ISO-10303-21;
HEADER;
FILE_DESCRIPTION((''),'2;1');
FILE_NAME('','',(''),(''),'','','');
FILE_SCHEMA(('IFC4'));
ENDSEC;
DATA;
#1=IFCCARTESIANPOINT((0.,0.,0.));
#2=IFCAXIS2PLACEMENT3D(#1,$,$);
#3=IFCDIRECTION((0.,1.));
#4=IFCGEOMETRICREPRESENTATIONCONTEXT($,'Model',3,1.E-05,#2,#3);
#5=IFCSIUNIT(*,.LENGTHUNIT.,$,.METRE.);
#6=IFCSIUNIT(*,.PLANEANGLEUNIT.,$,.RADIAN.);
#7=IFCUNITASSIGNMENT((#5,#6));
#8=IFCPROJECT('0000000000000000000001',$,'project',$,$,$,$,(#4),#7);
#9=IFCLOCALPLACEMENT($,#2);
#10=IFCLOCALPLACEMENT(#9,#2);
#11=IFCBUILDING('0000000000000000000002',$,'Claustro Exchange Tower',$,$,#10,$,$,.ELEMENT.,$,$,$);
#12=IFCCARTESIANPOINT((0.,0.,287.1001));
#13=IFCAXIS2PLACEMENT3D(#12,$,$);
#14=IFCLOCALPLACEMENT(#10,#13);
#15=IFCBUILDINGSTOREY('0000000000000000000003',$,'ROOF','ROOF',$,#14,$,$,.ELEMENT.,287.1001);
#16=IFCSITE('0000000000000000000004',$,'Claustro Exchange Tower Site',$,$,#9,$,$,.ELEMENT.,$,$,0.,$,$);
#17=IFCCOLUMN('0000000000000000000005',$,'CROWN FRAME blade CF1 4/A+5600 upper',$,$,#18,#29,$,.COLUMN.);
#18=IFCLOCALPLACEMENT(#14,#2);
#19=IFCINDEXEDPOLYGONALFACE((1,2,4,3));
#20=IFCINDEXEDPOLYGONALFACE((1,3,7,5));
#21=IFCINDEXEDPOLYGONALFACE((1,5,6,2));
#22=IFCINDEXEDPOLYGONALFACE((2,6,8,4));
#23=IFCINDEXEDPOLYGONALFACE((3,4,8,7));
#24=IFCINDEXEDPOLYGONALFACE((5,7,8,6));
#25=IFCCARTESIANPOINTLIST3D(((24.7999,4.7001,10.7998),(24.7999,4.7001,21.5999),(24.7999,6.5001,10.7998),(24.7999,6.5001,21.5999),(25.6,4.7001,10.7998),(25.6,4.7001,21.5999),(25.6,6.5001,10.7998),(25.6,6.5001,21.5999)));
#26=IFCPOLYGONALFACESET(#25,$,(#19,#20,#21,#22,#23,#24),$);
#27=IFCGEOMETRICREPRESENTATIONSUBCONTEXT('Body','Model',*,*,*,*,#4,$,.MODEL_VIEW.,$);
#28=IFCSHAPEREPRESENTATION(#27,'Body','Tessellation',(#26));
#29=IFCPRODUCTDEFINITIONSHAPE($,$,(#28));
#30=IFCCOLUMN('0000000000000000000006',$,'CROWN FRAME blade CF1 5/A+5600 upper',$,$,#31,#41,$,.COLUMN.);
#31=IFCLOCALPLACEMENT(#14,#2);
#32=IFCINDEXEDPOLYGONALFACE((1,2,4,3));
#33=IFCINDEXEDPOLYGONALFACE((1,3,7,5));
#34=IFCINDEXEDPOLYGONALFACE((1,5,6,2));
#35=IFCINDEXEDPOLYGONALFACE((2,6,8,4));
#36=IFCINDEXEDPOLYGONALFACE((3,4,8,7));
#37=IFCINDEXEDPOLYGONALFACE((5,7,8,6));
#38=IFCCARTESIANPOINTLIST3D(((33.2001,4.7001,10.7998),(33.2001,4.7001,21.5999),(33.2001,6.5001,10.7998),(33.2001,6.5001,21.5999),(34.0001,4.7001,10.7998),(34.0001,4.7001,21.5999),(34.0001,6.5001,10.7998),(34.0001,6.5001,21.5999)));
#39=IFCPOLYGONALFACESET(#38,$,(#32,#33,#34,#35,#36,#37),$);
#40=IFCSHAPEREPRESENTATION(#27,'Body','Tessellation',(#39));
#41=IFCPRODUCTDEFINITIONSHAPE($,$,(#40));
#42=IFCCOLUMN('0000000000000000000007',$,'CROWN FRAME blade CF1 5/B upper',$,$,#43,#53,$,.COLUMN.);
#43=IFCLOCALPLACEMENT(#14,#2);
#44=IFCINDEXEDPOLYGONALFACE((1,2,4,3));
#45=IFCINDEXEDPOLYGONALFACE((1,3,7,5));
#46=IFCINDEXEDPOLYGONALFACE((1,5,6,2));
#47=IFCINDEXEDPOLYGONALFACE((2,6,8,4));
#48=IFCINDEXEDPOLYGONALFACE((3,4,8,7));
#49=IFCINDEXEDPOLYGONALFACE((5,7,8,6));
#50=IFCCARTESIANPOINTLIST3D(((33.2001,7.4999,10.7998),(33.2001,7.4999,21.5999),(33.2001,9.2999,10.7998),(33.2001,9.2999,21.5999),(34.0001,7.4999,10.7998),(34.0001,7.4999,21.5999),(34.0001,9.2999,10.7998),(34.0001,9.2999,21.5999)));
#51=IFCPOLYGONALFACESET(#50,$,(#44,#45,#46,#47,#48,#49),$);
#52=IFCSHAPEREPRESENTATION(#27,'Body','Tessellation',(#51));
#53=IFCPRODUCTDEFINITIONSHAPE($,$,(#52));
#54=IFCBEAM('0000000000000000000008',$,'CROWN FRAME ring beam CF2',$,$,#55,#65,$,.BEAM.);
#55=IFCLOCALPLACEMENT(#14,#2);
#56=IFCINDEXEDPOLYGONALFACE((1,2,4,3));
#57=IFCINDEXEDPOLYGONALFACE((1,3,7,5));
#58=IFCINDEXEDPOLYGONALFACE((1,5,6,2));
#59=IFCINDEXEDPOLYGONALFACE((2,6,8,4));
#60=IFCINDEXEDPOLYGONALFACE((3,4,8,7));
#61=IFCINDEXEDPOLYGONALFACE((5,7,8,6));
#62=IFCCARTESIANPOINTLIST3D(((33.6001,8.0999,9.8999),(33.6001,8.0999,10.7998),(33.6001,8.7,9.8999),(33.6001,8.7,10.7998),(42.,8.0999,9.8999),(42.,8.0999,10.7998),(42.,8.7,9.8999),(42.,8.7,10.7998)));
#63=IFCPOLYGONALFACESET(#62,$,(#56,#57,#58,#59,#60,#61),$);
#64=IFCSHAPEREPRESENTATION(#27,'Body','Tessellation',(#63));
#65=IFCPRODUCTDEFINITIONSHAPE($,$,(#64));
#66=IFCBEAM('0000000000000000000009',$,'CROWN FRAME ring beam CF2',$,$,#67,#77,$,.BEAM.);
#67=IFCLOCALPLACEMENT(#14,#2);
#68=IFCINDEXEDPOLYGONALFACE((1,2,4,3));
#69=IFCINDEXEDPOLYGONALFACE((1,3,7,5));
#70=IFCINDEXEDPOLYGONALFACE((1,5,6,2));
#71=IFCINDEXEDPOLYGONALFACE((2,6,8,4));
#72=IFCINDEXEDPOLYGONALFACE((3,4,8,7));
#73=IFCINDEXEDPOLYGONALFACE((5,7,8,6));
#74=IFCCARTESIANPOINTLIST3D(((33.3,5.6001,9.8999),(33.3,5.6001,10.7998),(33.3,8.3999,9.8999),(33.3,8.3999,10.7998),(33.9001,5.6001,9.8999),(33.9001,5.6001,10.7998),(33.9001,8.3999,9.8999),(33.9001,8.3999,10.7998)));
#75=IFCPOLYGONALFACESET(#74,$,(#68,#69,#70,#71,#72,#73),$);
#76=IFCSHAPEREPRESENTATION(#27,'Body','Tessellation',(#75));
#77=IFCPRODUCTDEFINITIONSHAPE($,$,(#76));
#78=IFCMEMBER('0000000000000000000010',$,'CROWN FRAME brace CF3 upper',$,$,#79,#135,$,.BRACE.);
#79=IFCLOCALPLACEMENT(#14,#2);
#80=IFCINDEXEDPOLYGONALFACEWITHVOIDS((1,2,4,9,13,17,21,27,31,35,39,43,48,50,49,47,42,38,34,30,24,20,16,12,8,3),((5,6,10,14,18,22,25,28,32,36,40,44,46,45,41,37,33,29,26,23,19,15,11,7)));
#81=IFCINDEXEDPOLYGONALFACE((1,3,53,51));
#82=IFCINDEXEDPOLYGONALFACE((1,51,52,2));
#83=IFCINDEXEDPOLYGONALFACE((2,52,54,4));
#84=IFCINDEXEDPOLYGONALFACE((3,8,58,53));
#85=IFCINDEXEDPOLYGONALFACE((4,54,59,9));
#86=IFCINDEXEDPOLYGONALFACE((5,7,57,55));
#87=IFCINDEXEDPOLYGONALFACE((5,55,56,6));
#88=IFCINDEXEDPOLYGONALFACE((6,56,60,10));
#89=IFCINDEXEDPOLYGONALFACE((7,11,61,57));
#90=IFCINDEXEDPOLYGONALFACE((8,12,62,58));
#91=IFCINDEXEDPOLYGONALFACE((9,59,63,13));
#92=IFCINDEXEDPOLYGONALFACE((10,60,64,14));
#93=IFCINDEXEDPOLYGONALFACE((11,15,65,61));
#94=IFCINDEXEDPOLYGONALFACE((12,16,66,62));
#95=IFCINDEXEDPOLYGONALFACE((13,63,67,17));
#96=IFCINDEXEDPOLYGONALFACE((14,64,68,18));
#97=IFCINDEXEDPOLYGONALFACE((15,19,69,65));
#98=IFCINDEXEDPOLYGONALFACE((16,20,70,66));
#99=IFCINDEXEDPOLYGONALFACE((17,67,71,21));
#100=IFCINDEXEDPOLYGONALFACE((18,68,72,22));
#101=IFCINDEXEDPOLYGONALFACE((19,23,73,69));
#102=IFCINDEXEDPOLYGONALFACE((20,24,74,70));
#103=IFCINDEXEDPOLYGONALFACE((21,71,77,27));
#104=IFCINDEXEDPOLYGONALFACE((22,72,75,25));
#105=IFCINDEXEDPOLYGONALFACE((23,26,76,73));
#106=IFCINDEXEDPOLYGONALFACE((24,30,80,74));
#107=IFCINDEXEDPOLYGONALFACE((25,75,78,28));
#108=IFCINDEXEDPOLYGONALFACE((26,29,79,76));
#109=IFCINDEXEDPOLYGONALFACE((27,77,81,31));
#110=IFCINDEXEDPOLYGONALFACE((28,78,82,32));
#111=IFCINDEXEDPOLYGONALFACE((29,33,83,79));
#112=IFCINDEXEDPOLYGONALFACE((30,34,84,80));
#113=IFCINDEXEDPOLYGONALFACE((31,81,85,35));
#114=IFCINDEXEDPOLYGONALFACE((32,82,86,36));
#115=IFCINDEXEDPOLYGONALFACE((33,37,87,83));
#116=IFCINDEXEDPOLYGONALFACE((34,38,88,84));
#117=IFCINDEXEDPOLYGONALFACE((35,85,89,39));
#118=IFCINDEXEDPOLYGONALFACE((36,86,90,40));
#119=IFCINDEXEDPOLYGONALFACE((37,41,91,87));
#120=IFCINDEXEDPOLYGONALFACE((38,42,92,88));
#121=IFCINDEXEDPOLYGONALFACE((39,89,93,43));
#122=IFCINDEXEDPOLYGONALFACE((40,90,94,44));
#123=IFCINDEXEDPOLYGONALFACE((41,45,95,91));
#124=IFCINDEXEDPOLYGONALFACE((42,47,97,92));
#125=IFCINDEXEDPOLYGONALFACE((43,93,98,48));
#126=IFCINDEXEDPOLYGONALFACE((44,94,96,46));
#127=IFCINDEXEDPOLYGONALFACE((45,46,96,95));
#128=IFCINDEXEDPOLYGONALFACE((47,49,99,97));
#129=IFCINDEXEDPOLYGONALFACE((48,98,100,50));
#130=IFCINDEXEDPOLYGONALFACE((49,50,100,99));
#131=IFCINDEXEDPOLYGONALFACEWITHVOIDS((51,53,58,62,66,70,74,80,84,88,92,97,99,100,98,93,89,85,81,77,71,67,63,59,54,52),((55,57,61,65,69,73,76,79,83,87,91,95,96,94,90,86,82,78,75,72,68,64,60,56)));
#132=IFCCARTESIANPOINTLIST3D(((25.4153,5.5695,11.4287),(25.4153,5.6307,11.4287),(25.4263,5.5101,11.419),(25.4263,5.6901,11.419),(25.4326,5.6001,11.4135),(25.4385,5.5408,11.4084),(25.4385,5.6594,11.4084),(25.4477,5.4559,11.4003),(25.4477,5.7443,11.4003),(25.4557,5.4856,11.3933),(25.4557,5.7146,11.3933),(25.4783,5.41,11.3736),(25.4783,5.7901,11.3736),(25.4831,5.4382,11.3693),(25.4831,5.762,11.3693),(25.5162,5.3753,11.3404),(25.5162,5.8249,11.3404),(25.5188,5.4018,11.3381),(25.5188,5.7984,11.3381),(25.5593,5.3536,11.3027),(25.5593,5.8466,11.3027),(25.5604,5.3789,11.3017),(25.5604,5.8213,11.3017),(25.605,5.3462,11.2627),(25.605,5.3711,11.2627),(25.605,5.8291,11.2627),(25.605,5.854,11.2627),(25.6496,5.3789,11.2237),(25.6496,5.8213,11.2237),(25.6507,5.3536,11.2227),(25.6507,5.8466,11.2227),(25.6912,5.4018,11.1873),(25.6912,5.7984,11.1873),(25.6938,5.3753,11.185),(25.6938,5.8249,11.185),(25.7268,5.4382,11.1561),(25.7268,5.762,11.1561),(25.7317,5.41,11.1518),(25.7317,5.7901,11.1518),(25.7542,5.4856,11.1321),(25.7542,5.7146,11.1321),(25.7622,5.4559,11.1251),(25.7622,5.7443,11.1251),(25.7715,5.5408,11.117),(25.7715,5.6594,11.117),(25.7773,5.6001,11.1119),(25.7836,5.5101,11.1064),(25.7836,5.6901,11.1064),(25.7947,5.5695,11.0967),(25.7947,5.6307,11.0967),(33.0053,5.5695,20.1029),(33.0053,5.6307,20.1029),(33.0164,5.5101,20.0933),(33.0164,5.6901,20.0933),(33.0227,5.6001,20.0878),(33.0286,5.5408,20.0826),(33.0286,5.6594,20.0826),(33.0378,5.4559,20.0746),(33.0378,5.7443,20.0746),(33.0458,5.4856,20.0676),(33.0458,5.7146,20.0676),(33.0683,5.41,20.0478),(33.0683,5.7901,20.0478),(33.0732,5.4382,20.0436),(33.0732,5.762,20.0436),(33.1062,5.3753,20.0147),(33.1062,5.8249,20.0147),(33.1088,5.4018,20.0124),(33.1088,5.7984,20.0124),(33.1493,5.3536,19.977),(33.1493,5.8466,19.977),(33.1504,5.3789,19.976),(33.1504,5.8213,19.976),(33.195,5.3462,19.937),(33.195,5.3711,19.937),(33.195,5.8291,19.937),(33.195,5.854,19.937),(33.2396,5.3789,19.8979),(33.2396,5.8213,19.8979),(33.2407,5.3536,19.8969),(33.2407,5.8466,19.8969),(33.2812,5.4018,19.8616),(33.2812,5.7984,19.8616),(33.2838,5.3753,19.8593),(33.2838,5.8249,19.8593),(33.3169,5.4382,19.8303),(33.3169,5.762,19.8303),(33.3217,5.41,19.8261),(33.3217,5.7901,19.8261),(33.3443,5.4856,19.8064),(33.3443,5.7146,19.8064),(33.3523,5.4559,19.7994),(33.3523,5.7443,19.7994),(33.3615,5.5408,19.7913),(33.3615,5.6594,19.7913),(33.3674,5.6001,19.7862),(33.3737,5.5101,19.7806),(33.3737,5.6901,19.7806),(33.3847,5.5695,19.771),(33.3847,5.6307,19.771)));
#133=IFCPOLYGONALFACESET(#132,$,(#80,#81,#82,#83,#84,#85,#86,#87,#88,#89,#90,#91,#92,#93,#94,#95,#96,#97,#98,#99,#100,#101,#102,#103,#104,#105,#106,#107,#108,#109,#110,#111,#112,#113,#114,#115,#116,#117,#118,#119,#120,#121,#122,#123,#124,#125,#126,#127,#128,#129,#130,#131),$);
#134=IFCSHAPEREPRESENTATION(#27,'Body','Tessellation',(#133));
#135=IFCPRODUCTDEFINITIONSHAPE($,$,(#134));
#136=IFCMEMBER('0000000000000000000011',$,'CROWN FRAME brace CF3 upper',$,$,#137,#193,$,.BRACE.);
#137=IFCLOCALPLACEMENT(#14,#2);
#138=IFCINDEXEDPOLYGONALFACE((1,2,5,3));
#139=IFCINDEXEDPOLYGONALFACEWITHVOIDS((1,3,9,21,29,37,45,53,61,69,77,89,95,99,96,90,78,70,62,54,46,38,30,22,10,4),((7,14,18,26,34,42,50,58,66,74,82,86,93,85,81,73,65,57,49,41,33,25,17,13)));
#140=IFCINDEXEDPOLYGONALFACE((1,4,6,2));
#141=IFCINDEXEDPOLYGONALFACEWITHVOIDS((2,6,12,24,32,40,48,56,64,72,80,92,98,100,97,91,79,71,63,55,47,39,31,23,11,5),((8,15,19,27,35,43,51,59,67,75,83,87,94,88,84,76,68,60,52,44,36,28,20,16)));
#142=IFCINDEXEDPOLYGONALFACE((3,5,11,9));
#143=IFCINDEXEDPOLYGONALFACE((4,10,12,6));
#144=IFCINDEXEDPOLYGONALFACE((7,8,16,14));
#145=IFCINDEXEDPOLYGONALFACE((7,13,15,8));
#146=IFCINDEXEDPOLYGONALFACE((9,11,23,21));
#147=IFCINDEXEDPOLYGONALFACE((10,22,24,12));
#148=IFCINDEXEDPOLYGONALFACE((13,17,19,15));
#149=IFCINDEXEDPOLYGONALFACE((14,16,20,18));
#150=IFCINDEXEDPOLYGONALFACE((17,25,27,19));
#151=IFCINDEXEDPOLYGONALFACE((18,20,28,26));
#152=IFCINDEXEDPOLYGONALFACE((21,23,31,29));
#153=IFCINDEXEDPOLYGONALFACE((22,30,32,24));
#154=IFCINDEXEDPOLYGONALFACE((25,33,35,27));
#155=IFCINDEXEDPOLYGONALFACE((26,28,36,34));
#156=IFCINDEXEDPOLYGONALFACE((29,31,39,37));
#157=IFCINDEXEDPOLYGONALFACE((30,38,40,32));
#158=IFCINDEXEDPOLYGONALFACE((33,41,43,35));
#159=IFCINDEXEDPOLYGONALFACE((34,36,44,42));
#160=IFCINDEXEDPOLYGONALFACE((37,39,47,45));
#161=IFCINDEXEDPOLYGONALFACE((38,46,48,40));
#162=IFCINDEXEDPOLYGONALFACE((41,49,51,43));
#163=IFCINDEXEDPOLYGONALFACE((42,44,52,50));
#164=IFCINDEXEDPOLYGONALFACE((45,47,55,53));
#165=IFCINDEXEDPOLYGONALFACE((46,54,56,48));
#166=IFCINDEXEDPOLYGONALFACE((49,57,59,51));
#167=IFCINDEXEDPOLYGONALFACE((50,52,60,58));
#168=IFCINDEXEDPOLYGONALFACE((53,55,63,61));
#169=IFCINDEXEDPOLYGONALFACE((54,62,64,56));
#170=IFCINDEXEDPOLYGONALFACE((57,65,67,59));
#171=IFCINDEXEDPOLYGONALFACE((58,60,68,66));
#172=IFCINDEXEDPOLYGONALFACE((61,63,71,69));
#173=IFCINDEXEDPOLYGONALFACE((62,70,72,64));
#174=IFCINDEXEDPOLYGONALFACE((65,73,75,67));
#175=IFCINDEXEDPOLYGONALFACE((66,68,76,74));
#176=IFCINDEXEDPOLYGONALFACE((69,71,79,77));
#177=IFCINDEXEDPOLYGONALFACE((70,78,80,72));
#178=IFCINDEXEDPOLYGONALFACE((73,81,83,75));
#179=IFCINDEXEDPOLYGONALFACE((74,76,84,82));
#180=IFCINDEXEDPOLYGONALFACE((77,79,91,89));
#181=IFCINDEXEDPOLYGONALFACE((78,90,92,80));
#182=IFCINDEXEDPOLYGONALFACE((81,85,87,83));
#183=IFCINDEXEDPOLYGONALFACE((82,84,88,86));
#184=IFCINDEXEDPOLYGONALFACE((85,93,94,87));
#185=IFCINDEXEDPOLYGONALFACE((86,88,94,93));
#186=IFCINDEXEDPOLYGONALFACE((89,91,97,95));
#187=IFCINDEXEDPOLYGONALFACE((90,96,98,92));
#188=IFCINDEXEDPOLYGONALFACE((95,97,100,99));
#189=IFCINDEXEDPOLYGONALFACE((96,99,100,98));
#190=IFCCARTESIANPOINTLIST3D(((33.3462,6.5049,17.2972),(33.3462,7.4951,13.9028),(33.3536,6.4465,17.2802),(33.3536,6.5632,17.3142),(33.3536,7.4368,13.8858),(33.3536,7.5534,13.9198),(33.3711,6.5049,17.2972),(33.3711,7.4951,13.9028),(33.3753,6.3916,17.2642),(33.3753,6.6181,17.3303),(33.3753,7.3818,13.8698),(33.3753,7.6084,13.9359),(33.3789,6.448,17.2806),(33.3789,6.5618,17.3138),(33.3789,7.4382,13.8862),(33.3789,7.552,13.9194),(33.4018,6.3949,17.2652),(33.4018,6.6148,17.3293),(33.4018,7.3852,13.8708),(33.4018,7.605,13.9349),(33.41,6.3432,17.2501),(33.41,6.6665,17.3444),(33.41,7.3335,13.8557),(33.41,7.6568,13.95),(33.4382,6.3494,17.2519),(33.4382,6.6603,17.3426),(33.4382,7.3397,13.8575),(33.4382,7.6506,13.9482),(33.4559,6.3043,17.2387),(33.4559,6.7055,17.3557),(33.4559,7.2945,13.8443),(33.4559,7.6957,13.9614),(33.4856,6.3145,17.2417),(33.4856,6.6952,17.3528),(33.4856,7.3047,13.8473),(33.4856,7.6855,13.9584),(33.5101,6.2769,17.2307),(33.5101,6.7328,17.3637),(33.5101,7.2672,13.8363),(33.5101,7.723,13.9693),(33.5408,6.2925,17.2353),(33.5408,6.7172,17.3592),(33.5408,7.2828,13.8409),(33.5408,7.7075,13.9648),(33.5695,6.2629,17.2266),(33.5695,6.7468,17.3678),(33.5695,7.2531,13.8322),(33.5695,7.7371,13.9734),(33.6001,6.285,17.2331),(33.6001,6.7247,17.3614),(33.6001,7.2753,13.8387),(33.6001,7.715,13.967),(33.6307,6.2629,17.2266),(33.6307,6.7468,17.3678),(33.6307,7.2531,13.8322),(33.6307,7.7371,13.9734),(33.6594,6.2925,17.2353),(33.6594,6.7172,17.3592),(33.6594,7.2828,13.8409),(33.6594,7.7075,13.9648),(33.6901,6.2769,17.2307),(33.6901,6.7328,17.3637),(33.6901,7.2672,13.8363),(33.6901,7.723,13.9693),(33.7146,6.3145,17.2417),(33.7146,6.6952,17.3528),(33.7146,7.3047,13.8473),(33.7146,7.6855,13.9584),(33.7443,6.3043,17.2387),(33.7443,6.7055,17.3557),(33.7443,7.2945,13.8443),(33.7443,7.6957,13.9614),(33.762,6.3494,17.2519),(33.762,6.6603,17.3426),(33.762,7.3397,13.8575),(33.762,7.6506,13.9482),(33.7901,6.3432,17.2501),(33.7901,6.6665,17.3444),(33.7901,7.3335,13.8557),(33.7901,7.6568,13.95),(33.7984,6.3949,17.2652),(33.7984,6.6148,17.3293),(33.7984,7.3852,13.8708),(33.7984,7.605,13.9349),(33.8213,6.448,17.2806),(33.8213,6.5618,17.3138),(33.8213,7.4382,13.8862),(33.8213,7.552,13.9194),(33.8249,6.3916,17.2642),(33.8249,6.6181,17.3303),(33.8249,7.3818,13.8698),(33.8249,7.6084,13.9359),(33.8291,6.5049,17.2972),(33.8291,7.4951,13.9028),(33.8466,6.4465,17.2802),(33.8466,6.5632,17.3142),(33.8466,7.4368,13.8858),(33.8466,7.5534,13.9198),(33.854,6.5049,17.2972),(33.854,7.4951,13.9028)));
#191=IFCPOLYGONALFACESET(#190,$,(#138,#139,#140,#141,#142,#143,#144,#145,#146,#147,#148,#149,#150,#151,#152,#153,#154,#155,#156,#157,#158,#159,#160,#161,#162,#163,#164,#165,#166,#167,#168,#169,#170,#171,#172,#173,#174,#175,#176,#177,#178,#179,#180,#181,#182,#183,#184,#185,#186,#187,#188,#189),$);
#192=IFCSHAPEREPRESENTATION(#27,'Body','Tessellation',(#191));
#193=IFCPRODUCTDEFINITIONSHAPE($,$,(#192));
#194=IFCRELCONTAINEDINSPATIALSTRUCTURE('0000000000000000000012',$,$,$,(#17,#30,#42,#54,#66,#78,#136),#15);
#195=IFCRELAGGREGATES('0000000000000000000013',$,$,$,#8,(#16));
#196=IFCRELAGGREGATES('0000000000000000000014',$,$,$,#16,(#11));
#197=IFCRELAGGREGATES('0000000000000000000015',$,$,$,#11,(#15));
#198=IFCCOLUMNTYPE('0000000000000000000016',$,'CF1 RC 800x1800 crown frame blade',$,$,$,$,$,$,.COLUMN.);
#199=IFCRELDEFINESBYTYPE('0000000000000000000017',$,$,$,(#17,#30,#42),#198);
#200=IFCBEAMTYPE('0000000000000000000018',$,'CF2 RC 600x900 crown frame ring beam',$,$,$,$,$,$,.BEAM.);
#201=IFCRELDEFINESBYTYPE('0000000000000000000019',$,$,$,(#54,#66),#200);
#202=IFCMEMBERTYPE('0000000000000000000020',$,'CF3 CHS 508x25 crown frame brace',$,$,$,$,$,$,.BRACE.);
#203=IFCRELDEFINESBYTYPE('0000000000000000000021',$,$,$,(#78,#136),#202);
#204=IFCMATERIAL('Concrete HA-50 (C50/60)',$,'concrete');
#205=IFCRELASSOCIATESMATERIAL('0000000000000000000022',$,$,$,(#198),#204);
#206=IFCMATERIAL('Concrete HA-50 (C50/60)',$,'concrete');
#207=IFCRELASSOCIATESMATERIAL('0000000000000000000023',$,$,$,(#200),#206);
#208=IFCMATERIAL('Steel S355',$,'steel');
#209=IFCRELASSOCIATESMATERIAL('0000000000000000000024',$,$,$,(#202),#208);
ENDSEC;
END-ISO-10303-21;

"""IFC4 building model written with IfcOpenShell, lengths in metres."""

from ifc_helpers import new_model, si_unit, direction, frame, origin, origin_2d, place, context, subcontext, project, spatial, rectangle, hollow_circle, extrude, material, material_profile, profile_set, type_object, element, save


model = new_model("IFC4")

# Units and contexts
model_context = context("Model", 3, precision=1e-05, world=origin(), true_north=direction((0.0, 1.0)))
body_context = subcontext(model_context, "Body", "Model", "MODEL_VIEW")
ifc_project = project(units=[si_unit("LENGTHUNIT", "METRE"), si_unit("PLANEANGLEUNIT", "RADIAN")], contexts=[model_context])

# Site, building, storey
site_placement = place(None, origin())
site = spatial("IfcSite", under=ifc_project, at=site_placement, Name="Claustro Exchange Tower Site", CompositionType="ELEMENT", RefElevation=0.0)
building_placement = place(site_placement, origin())
building = spatial("IfcBuilding", under=site, at=building_placement, Name="Claustro Exchange Tower", CompositionType="ELEMENT")
storey_placement = place(building_placement, frame((0.0, 0.0, 287.1001)))
storey = spatial("IfcBuildingStorey", under=building, at=storey_placement, Name="ROOF", Description="ROOF", CompositionType="ELEMENT", Elevation=287.1001)

# Columns
ifc_material_1 = material(Name="Concrete HA-50 (C50/60)", Category="concrete")
ifc_material_profile_1 = material_profile(ifc_material_1, rectangle(XDim=0.8, YDim=1.8, at=origin_2d()), Name="RC 800x1800")
ifc_profile_set_1 = profile_set([ifc_material_profile_1], Name="Concrete HA-50 (C50/60)")
column_type = type_object("IfcColumnType", Name="CF1 RC 800x1800 crown frame blade", PredefinedType="COLUMN", material=ifc_profile_set_1)
for number, where, z_axis, x_axis, name in (
    (1, (25.2, 5.6001, 10.7998), (0.0, 0.0, 1.0), (1.0, 0.0, 0.0), "CROWN FRAME blade CF1 4/A+5600 upper"),
    (2, (33.6001, 5.6001, 10.7998), (0.0, 0.0, 1.0), (1.0, 0.0, 0.0), "CROWN FRAME blade CF1 5/A+5600 upper"),
    (3, (33.6001, 8.3999, 10.7998), (0.0, 0.0, 1.0), (1.0, 0.0, 0.0), "CROWN FRAME blade CF1 5/B upper"),
):
    element("IfcColumn", number, at=place(storey_placement, frame(where, z_axis=z_axis, x_axis=x_axis)), inside=storey, type_object=column_type, Name=name, PredefinedType="COLUMN", context=body_context, shape_type="SweptSolid", body=[
        extrude(rectangle(XDim=0.8, YDim=1.8, at=origin_2d()), origin(), (0.0, 0.0, 1.0), 10.8),
    ])

# Beams
ifc_material_2 = material(Name="Concrete HA-50 (C50/60)", Category="concrete")
ifc_material_profile_2 = material_profile(ifc_material_2, rectangle(XDim=0.6001, YDim=0.8999, at=origin_2d()), Name="RC 600x900")
ifc_profile_set_2 = profile_set([ifc_material_profile_2], Name="Concrete HA-50 (C50/60)")
beam_type_1 = type_object("IfcBeamType", Name="CF2 RC 600x900 crown frame ring beam", PredefinedType="BEAM", material=ifc_profile_set_2)
beam_1_placement = place(storey_placement, frame((33.6001, 8.3999, 10.3499), z_axis=(1.0, 0.0, 0.0), x_axis=(0.0, 1.0, 0.0)))
element("IfcBeam", 4, at=beam_1_placement, inside=storey, type_object=beam_type_1, Name="CROWN FRAME ring beam CF2", PredefinedType="BEAM", context=body_context, shape_type="SweptSolid", body=[
    extrude(rectangle(XDim=0.6001, YDim=0.8999, at=origin_2d()), origin(), (0.0, 0.0, 1.0), 8.3999),
])
beam_2_placement = place(storey_placement, frame((33.6001, 5.6001, 10.3499), z_axis=(0.0, 1.0, 0.0), x_axis=(-1.0, 0.0, 0.0)))
element("IfcBeam", 5, at=beam_2_placement, inside=storey, type_object=beam_type_1, Name="CROWN FRAME ring beam CF2", PredefinedType="BEAM", context=body_context, shape_type="SweptSolid", body=[
    extrude(rectangle(XDim=0.6001, YDim=0.8999, at=origin_2d()), origin(), (0.0, 0.0, 1.0), 2.7998),
])

# Members
ifc_material_3 = material(Name="Steel S355", Category="steel")
ifc_material_profile_3 = material_profile(ifc_material_3, hollow_circle(Radius=0.2539, WallThickness=0.0249, at=origin_2d()), Name="CHS 508x25")
ifc_profile_set_3 = profile_set([ifc_material_profile_3], Name="Steel S355")
member_type = type_object("IfcMemberType", Name="CF3 CHS 508x25 crown frame brace", PredefinedType="BRACE", material=ifc_profile_set_3)
member_1_placement = place(storey_placement, frame((25.605, 5.6001, 11.2627), z_axis=(0.658508, 0.0, 0.752574), x_axis=(0.0, 1.0, 0.0)))
element("IfcMember", 6, at=member_1_placement, inside=storey, type_object=member_type, Name="CROWN FRAME brace CF3 upper", PredefinedType="BRACE", context=body_context, shape_type="SweptSolid", body=[
    extrude(hollow_circle(Radius=0.2539, WallThickness=0.0249, at=origin_2d()), origin(), (0.0, 0.0, 1.0), 11.5261),
])
member_2_placement = place(storey_placement, frame((33.6001, 7.4951, 13.9028), z_axis=(0.0, -0.280061, 0.959982), x_axis=(1.0, 0.0, 0.0)))
element("IfcMember", 7, at=member_2_placement, inside=storey, type_object=member_type, Name="CROWN FRAME brace CF3 upper", PredefinedType="BRACE", context=body_context, shape_type="SweptSolid", body=[
    extrude(hollow_circle(Radius=0.2539, WallThickness=0.0249, at=origin_2d()), origin(), (0.0, 0.0, 1.0), 3.5359),
])

save(model, "model.ifc")
